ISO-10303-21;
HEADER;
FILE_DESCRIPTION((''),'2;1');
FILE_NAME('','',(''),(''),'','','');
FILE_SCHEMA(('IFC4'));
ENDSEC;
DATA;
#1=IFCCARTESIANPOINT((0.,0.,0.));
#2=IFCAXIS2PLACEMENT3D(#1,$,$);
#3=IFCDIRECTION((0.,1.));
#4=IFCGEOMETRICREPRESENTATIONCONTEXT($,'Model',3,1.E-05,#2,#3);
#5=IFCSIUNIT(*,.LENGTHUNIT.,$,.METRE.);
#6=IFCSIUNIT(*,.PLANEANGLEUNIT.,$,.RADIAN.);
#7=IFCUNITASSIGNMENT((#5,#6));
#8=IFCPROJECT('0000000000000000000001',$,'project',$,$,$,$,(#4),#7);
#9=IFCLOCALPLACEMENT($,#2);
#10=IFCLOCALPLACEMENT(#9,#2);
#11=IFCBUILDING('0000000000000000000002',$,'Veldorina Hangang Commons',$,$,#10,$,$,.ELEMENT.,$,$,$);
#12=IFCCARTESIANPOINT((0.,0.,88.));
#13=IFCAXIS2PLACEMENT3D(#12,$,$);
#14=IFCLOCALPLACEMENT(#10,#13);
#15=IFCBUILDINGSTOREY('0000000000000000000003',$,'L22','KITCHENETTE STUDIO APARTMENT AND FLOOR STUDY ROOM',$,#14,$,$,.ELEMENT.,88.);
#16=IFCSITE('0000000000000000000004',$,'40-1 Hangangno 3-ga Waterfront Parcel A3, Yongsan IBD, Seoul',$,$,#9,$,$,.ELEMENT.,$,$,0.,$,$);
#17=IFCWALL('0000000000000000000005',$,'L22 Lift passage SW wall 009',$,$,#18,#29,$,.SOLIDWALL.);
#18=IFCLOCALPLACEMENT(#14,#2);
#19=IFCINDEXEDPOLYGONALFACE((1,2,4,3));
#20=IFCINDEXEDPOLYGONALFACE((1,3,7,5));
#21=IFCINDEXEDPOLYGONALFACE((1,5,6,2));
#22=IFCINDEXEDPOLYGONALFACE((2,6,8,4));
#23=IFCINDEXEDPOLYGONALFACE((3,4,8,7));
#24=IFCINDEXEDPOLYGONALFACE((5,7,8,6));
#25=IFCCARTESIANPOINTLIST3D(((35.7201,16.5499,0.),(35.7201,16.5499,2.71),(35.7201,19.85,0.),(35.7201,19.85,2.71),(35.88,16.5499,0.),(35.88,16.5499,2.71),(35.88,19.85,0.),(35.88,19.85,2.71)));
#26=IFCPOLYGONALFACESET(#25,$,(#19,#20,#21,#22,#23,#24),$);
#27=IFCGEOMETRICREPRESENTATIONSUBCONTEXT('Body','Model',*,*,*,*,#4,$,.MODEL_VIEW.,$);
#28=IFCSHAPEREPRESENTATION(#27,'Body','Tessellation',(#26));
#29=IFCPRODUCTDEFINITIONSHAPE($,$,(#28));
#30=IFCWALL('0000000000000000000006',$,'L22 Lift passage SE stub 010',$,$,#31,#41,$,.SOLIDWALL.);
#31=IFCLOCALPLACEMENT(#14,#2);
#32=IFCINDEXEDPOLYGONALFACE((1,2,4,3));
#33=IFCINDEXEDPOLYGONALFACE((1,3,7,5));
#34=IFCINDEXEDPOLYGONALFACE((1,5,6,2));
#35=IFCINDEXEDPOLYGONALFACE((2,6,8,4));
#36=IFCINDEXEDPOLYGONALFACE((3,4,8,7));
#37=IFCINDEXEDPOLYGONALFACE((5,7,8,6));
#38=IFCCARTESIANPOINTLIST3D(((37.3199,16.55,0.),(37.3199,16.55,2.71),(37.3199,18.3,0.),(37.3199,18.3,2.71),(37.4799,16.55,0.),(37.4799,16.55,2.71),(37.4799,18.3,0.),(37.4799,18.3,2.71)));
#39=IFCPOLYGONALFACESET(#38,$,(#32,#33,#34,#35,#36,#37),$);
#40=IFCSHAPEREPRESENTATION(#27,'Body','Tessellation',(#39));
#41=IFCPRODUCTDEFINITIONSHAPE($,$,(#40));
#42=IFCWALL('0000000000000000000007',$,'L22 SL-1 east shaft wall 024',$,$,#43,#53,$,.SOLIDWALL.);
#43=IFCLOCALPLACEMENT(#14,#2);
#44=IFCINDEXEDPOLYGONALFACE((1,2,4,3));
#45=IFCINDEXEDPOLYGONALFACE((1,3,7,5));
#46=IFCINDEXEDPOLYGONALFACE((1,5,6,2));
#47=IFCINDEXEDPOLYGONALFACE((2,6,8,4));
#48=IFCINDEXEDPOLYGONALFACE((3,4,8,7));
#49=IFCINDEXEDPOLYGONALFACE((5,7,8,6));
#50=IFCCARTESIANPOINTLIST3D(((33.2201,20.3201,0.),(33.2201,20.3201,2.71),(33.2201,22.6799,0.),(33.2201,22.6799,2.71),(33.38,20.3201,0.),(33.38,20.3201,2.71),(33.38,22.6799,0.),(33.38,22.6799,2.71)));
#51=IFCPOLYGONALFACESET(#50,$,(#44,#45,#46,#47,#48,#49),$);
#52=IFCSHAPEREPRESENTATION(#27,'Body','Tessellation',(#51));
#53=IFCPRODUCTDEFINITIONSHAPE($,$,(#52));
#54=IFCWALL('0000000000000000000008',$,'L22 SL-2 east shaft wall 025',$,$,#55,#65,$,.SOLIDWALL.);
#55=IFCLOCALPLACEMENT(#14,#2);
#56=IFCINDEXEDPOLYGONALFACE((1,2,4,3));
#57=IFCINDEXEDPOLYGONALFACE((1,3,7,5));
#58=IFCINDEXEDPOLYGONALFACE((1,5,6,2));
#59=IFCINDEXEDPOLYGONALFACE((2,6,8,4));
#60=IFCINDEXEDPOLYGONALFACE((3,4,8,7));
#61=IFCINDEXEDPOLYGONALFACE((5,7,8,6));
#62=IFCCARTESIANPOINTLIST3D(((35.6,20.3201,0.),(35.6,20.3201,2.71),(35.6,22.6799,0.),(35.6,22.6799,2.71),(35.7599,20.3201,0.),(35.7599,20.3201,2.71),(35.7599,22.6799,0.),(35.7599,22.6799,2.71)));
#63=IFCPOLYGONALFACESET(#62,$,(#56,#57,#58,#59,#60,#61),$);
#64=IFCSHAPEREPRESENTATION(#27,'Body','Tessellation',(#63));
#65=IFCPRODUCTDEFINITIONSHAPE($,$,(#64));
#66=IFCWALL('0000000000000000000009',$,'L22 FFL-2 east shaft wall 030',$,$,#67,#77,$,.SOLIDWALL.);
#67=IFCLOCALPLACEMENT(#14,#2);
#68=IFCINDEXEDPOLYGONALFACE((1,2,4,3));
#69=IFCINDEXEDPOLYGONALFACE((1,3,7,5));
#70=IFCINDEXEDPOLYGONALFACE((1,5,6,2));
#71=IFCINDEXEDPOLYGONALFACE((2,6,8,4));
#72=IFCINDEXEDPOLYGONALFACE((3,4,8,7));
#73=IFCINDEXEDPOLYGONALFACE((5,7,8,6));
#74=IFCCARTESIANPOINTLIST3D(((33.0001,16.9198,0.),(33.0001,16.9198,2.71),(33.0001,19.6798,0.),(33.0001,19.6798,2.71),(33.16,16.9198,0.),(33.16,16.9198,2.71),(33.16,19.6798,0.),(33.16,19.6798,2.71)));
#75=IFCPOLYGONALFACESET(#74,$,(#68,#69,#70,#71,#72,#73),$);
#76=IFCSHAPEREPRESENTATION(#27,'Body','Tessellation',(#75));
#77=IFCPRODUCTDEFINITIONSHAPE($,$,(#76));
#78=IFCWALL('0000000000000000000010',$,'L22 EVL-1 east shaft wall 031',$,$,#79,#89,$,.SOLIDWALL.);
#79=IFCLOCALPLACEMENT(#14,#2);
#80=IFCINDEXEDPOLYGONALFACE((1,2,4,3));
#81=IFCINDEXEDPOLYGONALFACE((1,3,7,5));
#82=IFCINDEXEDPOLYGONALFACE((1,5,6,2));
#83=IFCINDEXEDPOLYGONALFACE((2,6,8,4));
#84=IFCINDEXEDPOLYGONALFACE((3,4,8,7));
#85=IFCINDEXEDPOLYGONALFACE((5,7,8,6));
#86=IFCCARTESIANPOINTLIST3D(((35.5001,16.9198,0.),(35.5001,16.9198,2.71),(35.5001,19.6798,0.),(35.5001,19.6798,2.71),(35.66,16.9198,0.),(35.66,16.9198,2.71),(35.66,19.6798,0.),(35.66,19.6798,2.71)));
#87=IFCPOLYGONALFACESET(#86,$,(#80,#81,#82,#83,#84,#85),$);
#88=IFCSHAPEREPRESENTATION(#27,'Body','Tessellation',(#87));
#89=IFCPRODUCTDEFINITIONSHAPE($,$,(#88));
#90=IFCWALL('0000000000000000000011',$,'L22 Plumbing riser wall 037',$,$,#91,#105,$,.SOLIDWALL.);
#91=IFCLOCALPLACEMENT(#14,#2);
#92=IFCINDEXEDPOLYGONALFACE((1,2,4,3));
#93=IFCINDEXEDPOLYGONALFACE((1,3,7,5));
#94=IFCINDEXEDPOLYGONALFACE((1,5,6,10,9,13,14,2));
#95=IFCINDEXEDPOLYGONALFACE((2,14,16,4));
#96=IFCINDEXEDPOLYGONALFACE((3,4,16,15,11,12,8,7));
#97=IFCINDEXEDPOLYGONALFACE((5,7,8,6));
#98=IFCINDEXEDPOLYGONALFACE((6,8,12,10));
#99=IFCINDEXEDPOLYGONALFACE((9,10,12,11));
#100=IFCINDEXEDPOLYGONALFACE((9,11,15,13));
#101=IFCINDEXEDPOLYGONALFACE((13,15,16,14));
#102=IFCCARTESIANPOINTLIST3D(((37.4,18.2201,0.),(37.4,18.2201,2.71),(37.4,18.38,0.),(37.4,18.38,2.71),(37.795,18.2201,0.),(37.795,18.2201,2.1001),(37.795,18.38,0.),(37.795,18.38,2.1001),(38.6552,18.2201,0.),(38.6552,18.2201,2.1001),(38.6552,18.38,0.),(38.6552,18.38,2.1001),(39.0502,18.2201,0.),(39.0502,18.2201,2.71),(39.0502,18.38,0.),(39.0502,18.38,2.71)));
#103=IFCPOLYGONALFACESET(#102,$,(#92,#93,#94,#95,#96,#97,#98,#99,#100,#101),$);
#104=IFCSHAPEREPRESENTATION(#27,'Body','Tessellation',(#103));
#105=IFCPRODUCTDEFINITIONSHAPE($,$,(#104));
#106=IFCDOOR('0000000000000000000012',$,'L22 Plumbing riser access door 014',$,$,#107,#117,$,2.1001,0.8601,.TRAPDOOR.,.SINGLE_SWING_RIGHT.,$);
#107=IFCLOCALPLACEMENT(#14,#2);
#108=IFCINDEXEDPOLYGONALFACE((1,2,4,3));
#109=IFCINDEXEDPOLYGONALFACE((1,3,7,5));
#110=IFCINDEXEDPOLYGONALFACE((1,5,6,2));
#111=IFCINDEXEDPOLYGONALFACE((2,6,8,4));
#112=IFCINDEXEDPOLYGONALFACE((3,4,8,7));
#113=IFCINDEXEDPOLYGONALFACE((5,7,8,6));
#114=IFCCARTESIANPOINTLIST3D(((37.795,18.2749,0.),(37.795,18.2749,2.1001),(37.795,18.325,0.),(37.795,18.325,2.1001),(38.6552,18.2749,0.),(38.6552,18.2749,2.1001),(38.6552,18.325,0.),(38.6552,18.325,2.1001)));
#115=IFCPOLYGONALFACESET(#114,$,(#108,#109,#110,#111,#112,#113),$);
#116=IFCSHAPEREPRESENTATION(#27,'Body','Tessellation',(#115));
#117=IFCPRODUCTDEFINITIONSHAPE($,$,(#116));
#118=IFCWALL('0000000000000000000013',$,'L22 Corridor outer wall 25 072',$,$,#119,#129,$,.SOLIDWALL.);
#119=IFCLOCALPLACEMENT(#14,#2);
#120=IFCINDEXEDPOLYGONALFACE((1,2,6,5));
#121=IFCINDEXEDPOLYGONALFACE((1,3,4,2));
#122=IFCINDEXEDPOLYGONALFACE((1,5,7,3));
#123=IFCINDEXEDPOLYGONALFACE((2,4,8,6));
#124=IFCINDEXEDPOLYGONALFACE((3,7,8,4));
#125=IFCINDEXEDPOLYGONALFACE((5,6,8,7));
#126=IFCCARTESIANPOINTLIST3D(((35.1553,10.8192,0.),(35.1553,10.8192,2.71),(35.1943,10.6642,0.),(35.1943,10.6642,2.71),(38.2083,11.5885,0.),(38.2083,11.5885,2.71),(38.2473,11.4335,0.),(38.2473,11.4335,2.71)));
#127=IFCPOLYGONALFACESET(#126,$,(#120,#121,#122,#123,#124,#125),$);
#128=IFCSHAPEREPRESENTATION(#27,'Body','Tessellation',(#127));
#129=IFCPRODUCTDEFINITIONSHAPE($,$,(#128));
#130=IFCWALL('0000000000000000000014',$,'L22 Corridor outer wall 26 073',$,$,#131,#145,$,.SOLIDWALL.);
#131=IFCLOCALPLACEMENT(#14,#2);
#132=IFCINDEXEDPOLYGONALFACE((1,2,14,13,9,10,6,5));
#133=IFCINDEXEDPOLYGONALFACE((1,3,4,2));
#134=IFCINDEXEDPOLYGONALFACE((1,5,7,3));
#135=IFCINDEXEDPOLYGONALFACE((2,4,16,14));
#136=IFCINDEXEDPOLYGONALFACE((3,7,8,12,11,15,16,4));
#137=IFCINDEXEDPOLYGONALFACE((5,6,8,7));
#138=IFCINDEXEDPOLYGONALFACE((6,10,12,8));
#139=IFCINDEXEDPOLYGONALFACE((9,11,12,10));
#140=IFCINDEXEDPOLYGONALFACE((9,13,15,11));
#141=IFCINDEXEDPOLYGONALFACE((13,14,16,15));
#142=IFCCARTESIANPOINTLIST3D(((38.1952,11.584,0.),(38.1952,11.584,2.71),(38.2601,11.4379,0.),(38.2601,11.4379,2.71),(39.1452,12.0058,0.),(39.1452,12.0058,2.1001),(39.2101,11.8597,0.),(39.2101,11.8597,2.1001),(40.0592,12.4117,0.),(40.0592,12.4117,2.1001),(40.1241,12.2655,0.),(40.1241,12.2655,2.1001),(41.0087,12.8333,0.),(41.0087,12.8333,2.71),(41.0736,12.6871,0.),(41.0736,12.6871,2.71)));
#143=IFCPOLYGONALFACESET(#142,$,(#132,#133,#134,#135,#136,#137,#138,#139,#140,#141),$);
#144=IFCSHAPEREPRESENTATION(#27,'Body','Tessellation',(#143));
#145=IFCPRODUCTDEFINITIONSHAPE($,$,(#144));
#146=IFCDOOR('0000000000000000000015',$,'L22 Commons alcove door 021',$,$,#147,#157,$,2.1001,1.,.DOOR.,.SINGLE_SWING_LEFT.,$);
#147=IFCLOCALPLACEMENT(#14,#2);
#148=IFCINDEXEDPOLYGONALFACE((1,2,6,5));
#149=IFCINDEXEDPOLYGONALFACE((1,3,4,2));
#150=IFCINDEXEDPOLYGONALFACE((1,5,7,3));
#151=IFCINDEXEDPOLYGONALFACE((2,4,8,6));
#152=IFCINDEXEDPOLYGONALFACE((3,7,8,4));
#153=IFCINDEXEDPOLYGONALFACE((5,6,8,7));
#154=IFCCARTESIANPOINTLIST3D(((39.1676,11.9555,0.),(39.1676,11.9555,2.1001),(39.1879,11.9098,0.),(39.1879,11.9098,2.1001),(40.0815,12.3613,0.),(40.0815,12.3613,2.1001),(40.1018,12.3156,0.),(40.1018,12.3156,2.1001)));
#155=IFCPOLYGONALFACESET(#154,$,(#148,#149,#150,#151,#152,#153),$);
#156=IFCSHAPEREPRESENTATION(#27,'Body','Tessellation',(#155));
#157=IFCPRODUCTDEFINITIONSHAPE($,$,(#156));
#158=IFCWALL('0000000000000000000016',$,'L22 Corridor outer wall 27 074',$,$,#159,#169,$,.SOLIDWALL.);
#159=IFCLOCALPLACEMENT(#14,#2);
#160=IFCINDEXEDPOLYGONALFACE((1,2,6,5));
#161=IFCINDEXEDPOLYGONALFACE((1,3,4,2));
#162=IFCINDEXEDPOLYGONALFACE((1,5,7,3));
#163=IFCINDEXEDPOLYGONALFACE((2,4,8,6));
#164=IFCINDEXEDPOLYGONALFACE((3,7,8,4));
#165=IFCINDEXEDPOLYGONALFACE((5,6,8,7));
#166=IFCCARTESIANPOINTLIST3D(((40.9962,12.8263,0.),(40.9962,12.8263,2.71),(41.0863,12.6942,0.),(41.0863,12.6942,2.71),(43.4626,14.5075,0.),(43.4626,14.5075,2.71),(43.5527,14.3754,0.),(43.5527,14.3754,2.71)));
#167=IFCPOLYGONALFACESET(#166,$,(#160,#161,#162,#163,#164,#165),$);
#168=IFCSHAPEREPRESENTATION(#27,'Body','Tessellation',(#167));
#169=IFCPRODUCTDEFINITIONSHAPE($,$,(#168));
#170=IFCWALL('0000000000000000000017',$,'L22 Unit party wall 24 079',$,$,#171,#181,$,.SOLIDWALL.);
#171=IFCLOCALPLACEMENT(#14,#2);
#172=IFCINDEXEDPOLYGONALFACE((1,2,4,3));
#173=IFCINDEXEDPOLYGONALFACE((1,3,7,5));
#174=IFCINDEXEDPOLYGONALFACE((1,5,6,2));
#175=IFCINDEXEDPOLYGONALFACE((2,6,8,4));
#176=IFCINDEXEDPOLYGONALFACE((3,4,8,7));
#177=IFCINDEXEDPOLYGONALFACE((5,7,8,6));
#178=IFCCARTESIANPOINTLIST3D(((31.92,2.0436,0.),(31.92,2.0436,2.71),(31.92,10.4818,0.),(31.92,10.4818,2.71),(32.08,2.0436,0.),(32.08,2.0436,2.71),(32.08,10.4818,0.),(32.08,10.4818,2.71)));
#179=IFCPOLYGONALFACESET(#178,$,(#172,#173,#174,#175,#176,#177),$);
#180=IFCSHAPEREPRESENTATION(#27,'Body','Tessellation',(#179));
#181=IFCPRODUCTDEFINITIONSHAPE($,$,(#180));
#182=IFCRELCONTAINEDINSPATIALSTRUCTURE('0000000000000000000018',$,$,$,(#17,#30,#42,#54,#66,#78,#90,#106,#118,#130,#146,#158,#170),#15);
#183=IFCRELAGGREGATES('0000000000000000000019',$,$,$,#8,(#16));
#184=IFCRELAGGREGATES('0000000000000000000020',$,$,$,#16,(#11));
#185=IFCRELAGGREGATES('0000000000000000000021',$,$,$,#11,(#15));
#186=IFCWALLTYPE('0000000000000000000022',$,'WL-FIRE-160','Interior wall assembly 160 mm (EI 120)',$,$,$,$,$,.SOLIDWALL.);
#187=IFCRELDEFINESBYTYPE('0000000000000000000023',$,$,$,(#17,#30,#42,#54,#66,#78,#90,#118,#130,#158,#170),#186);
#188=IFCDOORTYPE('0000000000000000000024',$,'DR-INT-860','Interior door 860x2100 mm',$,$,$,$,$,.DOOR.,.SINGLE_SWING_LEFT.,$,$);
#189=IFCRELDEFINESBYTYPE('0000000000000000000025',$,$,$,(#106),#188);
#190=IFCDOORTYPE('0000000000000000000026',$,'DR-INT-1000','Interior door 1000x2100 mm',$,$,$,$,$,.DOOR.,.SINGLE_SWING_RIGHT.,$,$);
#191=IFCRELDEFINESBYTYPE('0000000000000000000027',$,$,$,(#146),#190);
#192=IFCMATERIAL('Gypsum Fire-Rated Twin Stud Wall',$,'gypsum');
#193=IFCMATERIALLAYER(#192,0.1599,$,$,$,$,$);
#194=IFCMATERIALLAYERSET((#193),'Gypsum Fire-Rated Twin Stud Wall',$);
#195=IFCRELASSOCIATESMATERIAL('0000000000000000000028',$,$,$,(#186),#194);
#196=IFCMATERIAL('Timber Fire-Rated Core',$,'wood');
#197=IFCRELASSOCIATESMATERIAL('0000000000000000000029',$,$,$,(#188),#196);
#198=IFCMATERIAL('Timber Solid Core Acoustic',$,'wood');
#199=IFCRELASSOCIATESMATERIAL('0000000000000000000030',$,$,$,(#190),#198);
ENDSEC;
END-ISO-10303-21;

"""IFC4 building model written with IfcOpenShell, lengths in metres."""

from ifc_helpers import new_model, si_unit, direction, frame, frame_2d, origin, place, context, subcontext, project, spatial, rectangle, extrude, material, layer, layer_set, type_object, element, fill, save


model = new_model("IFC4")

# Units and contexts
model_context = context("Model", 3, precision=1e-05, world=origin(), true_north=direction((0.0, 1.0)))
body_context = subcontext(model_context, "Body", "Model", "MODEL_VIEW")
ifc_project = project(units=[si_unit("LENGTHUNIT", "METRE"), si_unit("PLANEANGLEUNIT", "RADIAN")], contexts=[model_context])

# Site, building, storey
site_placement = place(None, origin())
site = spatial("IfcSite", under=ifc_project, at=site_placement, Name="40-1 Hangangno 3-ga Waterfront Parcel A3, Yongsan IBD, Seoul", CompositionType="ELEMENT", RefElevation=0.0)
building_placement = place(site_placement, origin())
building = spatial("IfcBuilding", under=site, at=building_placement, Name="Veldorina Hangang Commons", CompositionType="ELEMENT")
storey_placement = place(building_placement, frame((0.0, 0.0, 88.0)))
storey = spatial("IfcBuildingStorey", under=building, at=storey_placement, Name="L22", Description="KITCHENETTE STUDIO APARTMENT AND FLOOR STUDY ROOM", CompositionType="ELEMENT", Elevation=88.0)

# Walls
ifc_material_1 = material(Name="Gypsum Fire-Rated Twin Stud Wall", Category="gypsum")
ifc_layer_1 = layer(ifc_material_1, 0.1599)
ifc_layer_set_1 = layer_set([ifc_layer_1], Name="Gypsum Fire-Rated Twin Stud Wall")
wall_type_1 = type_object("IfcWallType", Name="WL-FIRE-160", Description="Interior wall assembly 160 mm (EI 120)", PredefinedType="SOLIDWALL", material=ifc_layer_set_1)
wall_1_placement = place(storey_placement, frame((35.8, 16.55, 0.0), z_axis=(0.0, 0.0, 1.0), x_axis=(0.0, 1.0, 0.0)))
element("IfcWall", 1, at=wall_1_placement, inside=storey, type_object=wall_type_1, Name="L22 Lift passage SW wall 009", PredefinedType="SOLIDWALL", context=body_context, shape_type="SweptSolid", body=[
    extrude(rectangle(XDim=3.3, YDim=0.1599, at=frame_2d((1.6499, 0.0))), origin(), (0.0, 0.0, 1.0), 2.71),
])
wall_2_placement = place(storey_placement, frame((37.3999, 16.55, 0.0), z_axis=(0.0, 0.0, 1.0), x_axis=(0.0, 1.0, 0.0)))
element("IfcWall", 2, at=wall_2_placement, inside=storey, type_object=wall_type_1, Name="L22 Lift passage SE stub 010", PredefinedType="SOLIDWALL", context=body_context, shape_type="SweptSolid", body=[
    extrude(rectangle(XDim=1.75, YDim=0.1599, at=frame_2d((0.875, 0.0))), origin(), (0.0, 0.0, 1.0), 2.71),
])
for number, where, z_axis, x_axis, name in (
    (3, (33.3, 20.3201, 0.0), (0.0, 0.0, 1.0), (0.0, 1.0, 0.0), "L22 SL-1 east shaft wall 024"),
    (4, (35.6799, 20.3201, 0.0), (0.0, 0.0, 1.0), (0.0, 1.0, 0.0), "L22 SL-2 east shaft wall 025"),
):
    element("IfcWall", number, at=place(storey_placement, frame(where, z_axis=z_axis, x_axis=x_axis)), inside=storey, type_object=wall_type_1, Name=name, PredefinedType="SOLIDWALL", context=body_context, shape_type="SweptSolid", body=[
        extrude(rectangle(XDim=2.3599, YDim=0.1599, at=frame_2d((1.1799, 0.0))), origin(), (0.0, 0.0, 1.0), 2.71),
    ])
for number, where, z_axis, x_axis, name in (
    (5, (33.0801, 16.9199, 0.0), (0.0, 0.0, 1.0), (0.0, 1.0, 0.0), "L22 FFL-2 east shaft wall 030"),
    (6, (35.5801, 16.9199, 0.0), (0.0, 0.0, 1.0), (0.0, 1.0, 0.0), "L22 EVL-1 east shaft wall 031"),
):
    element("IfcWall", number, at=place(storey_placement, frame(where, z_axis=z_axis, x_axis=x_axis)), inside=storey, type_object=wall_type_1, Name=name, PredefinedType="SOLIDWALL", context=body_context, shape_type="SweptSolid", body=[
        extrude(rectangle(XDim=2.76, YDim=0.1599, at=frame_2d((1.3799, 0.0))), origin(), (0.0, 0.0, 1.0), 2.71),
    ])

# Wall, opening, door
wall_3_placement = place(storey_placement, frame((37.3999, 18.3, 0.0), z_axis=(0.0, 0.0, 1.0), x_axis=(1.0, 0.0, 0.0)))
wall_3 = element("IfcWall", 7, at=wall_3_placement, inside=storey, type_object=wall_type_1, Name="L22 Plumbing riser wall 037", PredefinedType="SOLIDWALL", context=body_context, shape_type="SweptSolid", body=[
    extrude(rectangle(XDim=1.6501, YDim=0.1599, at=frame_2d((0.8252, 0.0))), origin(), (0.0, 0.0, 1.0), 2.71),
])
opening_1_placement = place(wall_3_placement, frame((0.395, 0.0, 0.0)))
opening_1 = element("IfcOpeningElement", 8, at=opening_1_placement, cuts=wall_3, PredefinedType="OPENING", context=body_context, shape_type="SweptSolid", body=[
    extrude(rectangle(XDim=0.8601, YDim=2.1001, at=frame_2d((0.4302, 1.05))), frame((0.0, 0.0898, 0.0), z_axis=(0.0, -1.0, 0.0), x_axis=(1.0, 0.0, 0.0)), (0.0, 0.0, 1.0), 0.1799),
])
ifc_material_2 = material(Name="Timber Fire-Rated Core", Category="wood")
door_type_1 = type_object("IfcDoorType", Name="DR-INT-860", Description="Interior door 860x2100 mm", OperationType="SINGLE_SWING_LEFT", PredefinedType="DOOR", material=ifc_material_2)
door_1_placement = place(opening_1_placement, origin())
door_1 = element("IfcDoor", 9, at=door_1_placement, inside=storey, type_object=door_type_1, Name="L22 Plumbing riser access door 014", OperationType="SINGLE_SWING_RIGHT", OverallHeight=2.1001, OverallWidth=0.8601, PredefinedType="TRAPDOOR", context=body_context, shape_type="SweptSolid", body=[
    extrude(rectangle(XDim=0.8601, YDim=2.1001, at=frame_2d((0.4302, 1.05))), frame((0.0, 0.0249, 0.0), z_axis=(0.0, -1.0, 0.0), x_axis=(1.0, 0.0, 0.0)), (0.0, 0.0, 1.0), 0.05),
])
fill(opening_1, door_1)

# Wall
wall_4_placement = place(storey_placement, frame((35.1748, 10.7417, 0.0), z_axis=(0.0, 0.0, 1.0), x_axis=(0.969689, 0.244342, 0.0)))
element("IfcWall", 10, at=wall_4_placement, inside=storey, type_object=wall_type_1, Name="L22 Corridor outer wall 25 072", PredefinedType="SOLIDWALL", context=body_context, shape_type="SweptSolid", body=[
    extrude(rectangle(XDim=3.1484, YDim=0.1599, at=frame_2d((1.5742, 0.0))), origin(), (0.0, 0.0, 1.0), 2.71),
])

# Wall, opening, door
wall_5_placement = place(storey_placement, frame((38.2278, 11.511, 0.0), z_axis=(0.0, 0.0, 1.0), x_axis=(0.913952, 0.405822, 0.0)))
wall_5 = element("IfcWall", 11, at=wall_5_placement, inside=storey, type_object=wall_type_1, Name="L22 Corridor outer wall 26 073", PredefinedType="SOLIDWALL", context=body_context, shape_type="SweptSolid", body=[
    extrude(rectangle(XDim=3.0784, YDim=0.1599, at=frame_2d((1.5391, 0.0))), origin(), (0.0, 0.0, 1.0), 2.71),
])
opening_2_placement = place(wall_5_placement, frame((1.0393, 0.0, 0.0)))
opening_2 = element("IfcOpeningElement", 12, at=opening_2_placement, cuts=wall_5, PredefinedType="OPENING", context=body_context, shape_type="SweptSolid", body=[
    extrude(rectangle(XDim=1.0, YDim=2.1001, at=frame_2d((0.5, 1.05))), frame((0.0, 0.0898, 0.0), z_axis=(0.0, -1.0, 0.0), x_axis=(1.0, 0.0, 0.0)), (0.0, 0.0, 1.0), 0.1799),
])
ifc_material_3 = material(Name="Timber Solid Core Acoustic", Category="wood")
door_type_2 = type_object("IfcDoorType", Name="DR-INT-1000", Description="Interior door 1000x2100 mm", OperationType="SINGLE_SWING_RIGHT", PredefinedType="DOOR", material=ifc_material_3)
door_2_placement = place(opening_2_placement, origin())
door_2 = element("IfcDoor", 13, at=door_2_placement, inside=storey, type_object=door_type_2, Name="L22 Commons alcove door 021", OperationType="SINGLE_SWING_LEFT", OverallHeight=2.1001, OverallWidth=1.0, PredefinedType="DOOR", context=body_context, shape_type="SweptSolid", body=[
    extrude(rectangle(XDim=1.0, YDim=2.1001, at=frame_2d((0.5, 1.05))), frame((0.0, 0.0249, 0.0), z_axis=(0.0, -1.0, 0.0), x_axis=(1.0, 0.0, 0.0)), (0.0, 0.0, 1.0), 0.05),
])
fill(opening_2, door_2)

# Walls
wall_6_placement = place(storey_placement, frame((41.0413, 12.7603, 0.0), z_axis=(0.0, 0.0, 1.0), x_axis=(0.826293, 0.56324, 0.0)))
element("IfcWall", 14, at=wall_6_placement, inside=storey, type_object=wall_type_1, Name="L22 Corridor outer wall 27 074", PredefinedType="SOLIDWALL", context=body_context, shape_type="SweptSolid", body=[
    extrude(rectangle(XDim=2.9849, YDim=0.1599, at=frame_2d((1.4924, 0.0))), origin(), (0.0, 0.0, 1.0), 2.71),
])
wall_7_placement = place(storey_placement, frame((32.0, 10.4819, 0.0), z_axis=(0.0, 0.0, 1.0), x_axis=(0.0, -1.0, 0.0)))
element("IfcWall", 15, at=wall_7_placement, inside=storey, type_object=wall_type_1, Name="L22 Unit party wall 24 079", PredefinedType="SOLIDWALL", context=body_context, shape_type="SweptSolid", body=[
    extrude(rectangle(XDim=8.4382, YDim=0.1599, at=frame_2d((4.2192, 0.0))), origin(), (0.0, 0.0, 1.0), 2.71),
])

save(model, "model.ifc")
